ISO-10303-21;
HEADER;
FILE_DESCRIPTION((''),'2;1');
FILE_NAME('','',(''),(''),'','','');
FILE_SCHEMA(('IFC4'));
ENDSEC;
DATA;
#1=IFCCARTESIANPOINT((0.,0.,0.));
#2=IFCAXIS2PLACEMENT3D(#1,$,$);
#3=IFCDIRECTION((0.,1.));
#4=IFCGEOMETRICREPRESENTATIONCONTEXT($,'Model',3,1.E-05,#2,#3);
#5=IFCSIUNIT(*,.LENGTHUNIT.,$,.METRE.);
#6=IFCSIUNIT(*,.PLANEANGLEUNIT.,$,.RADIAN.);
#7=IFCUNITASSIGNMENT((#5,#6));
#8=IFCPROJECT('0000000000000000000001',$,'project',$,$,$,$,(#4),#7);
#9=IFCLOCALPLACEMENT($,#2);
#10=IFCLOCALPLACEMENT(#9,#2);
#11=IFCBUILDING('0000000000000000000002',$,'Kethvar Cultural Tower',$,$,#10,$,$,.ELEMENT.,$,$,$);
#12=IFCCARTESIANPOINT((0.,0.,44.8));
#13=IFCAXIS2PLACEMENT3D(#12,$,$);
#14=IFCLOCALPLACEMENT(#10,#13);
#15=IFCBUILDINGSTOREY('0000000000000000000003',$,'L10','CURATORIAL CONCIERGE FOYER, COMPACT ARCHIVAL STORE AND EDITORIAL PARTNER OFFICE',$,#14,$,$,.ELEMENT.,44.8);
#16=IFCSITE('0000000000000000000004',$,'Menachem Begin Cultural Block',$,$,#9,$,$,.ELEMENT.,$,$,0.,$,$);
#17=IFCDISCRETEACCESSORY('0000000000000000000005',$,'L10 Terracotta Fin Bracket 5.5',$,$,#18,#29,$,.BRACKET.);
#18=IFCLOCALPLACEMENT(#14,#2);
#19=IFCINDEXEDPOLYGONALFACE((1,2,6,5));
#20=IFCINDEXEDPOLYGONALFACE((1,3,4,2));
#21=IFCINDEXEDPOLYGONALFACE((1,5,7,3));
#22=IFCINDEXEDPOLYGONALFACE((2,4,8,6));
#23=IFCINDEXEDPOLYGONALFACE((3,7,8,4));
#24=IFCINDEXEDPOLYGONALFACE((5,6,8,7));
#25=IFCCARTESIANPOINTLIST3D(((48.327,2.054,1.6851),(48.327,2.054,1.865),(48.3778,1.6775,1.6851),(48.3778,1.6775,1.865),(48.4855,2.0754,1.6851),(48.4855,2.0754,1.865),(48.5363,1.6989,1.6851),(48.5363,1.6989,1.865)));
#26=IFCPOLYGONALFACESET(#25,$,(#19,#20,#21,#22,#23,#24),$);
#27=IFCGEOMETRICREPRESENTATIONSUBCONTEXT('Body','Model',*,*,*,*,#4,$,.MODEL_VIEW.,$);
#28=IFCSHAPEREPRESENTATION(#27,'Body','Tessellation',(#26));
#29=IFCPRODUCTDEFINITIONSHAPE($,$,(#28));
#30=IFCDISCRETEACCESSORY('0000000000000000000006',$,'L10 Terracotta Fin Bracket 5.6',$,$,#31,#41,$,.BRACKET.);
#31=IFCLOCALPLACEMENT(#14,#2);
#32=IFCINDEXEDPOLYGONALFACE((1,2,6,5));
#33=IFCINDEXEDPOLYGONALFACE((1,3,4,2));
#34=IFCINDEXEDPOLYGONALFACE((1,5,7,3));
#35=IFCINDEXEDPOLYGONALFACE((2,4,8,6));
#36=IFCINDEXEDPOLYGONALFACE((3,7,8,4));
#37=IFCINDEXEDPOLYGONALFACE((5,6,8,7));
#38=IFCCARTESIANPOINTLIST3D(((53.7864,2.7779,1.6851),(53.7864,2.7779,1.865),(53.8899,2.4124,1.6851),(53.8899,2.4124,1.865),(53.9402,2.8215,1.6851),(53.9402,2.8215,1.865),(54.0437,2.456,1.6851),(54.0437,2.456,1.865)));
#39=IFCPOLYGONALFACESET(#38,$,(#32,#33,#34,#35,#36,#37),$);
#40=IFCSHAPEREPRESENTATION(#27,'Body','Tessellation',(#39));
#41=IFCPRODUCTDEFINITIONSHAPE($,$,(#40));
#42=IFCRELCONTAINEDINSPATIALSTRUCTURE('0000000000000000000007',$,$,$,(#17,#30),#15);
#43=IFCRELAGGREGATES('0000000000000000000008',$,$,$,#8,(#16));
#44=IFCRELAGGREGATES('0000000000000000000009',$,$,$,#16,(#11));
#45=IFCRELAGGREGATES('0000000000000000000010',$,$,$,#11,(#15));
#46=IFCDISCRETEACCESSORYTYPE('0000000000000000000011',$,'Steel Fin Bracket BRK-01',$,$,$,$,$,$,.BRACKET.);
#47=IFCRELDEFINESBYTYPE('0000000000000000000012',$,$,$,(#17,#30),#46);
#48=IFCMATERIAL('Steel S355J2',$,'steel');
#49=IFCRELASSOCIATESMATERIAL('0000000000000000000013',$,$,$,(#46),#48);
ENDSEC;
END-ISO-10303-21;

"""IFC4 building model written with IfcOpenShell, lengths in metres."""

from ifc_helpers import new_model, si_unit, direction, frame, origin, origin_2d, place, context, subcontext, project, spatial, rectangle, extrude, source, transform, mapped, material, type_object, element, save


model = new_model("IFC4")

# Units and contexts
model_context = context("Model", 3, precision=1e-05, world=origin(), true_north=direction((0.0, 1.0)))
body_context = subcontext(model_context, "Body", "Model", "MODEL_VIEW")
ifc_project = project(units=[si_unit("LENGTHUNIT", "METRE"), si_unit("PLANEANGLEUNIT", "RADIAN")], contexts=[model_context])

# Site, building, storey
site_placement = place(None, origin())
site = spatial("IfcSite", under=ifc_project, at=site_placement, Name="Menachem Begin Cultural Block", CompositionType="ELEMENT", RefElevation=0.0)
building_placement = place(site_placement, origin())
building = spatial("IfcBuilding", under=site, at=building_placement, Name="Kethvar Cultural Tower", CompositionType="ELEMENT")
storey_placement = place(building_placement, frame((0.0, 0.0, 44.8)))
storey = spatial("IfcBuildingStorey", under=building, at=storey_placement, Name="L10", Description="CURATORIAL CONCIERGE FOYER, COMPACT ARCHIVAL STORE AND EDITORIAL PARTNER OFFICE", CompositionType="ELEMENT", Elevation=44.8)

# Shared definitions
ifc_material_1 = material(Name="Steel S355J2", Category="steel")

# Discrete accessories
discrete_accessory_type = type_object("IfcDiscreteAccessoryType", Name="Steel Fin Bracket BRK-01", PredefinedType="BRACKET", material=ifc_material_1)
shared_shape_1 = source(origin(), body_context, "Body", "SweptSolid", [
    extrude(rectangle(XDim=0.3799, YDim=0.1599, at=origin_2d()), origin(), (0.0, 0.0, 1.0), 0.1799),
])
for number, where, z_axis, x_axis, name in (
    (1, (48.4316, 1.8765, 1.6851), (0.0, 0.0, 1.0), (0.133813, -0.991007, 0.0), "L10 Terracotta Fin Bracket 5.5"),
    (2, (53.915, 2.6169, 1.6851), (0.0, 0.0, 1.0), (0.272448, -0.96217, 0.0), "L10 Terracotta Fin Bracket 5.6"),
):
    element("IfcDiscreteAccessory", number, at=place(storey_placement, frame(where, z_axis=z_axis, x_axis=x_axis)), inside=storey, type_object=discrete_accessory_type, Name=name, PredefinedType="BRACKET", context=body_context, shape_type="MappedRepresentation", body=[
        mapped(shared_shape_1, transform((0.0, 0.0, 0.0), scale=1.0)),
    ])

save(model, "model.ifc")
